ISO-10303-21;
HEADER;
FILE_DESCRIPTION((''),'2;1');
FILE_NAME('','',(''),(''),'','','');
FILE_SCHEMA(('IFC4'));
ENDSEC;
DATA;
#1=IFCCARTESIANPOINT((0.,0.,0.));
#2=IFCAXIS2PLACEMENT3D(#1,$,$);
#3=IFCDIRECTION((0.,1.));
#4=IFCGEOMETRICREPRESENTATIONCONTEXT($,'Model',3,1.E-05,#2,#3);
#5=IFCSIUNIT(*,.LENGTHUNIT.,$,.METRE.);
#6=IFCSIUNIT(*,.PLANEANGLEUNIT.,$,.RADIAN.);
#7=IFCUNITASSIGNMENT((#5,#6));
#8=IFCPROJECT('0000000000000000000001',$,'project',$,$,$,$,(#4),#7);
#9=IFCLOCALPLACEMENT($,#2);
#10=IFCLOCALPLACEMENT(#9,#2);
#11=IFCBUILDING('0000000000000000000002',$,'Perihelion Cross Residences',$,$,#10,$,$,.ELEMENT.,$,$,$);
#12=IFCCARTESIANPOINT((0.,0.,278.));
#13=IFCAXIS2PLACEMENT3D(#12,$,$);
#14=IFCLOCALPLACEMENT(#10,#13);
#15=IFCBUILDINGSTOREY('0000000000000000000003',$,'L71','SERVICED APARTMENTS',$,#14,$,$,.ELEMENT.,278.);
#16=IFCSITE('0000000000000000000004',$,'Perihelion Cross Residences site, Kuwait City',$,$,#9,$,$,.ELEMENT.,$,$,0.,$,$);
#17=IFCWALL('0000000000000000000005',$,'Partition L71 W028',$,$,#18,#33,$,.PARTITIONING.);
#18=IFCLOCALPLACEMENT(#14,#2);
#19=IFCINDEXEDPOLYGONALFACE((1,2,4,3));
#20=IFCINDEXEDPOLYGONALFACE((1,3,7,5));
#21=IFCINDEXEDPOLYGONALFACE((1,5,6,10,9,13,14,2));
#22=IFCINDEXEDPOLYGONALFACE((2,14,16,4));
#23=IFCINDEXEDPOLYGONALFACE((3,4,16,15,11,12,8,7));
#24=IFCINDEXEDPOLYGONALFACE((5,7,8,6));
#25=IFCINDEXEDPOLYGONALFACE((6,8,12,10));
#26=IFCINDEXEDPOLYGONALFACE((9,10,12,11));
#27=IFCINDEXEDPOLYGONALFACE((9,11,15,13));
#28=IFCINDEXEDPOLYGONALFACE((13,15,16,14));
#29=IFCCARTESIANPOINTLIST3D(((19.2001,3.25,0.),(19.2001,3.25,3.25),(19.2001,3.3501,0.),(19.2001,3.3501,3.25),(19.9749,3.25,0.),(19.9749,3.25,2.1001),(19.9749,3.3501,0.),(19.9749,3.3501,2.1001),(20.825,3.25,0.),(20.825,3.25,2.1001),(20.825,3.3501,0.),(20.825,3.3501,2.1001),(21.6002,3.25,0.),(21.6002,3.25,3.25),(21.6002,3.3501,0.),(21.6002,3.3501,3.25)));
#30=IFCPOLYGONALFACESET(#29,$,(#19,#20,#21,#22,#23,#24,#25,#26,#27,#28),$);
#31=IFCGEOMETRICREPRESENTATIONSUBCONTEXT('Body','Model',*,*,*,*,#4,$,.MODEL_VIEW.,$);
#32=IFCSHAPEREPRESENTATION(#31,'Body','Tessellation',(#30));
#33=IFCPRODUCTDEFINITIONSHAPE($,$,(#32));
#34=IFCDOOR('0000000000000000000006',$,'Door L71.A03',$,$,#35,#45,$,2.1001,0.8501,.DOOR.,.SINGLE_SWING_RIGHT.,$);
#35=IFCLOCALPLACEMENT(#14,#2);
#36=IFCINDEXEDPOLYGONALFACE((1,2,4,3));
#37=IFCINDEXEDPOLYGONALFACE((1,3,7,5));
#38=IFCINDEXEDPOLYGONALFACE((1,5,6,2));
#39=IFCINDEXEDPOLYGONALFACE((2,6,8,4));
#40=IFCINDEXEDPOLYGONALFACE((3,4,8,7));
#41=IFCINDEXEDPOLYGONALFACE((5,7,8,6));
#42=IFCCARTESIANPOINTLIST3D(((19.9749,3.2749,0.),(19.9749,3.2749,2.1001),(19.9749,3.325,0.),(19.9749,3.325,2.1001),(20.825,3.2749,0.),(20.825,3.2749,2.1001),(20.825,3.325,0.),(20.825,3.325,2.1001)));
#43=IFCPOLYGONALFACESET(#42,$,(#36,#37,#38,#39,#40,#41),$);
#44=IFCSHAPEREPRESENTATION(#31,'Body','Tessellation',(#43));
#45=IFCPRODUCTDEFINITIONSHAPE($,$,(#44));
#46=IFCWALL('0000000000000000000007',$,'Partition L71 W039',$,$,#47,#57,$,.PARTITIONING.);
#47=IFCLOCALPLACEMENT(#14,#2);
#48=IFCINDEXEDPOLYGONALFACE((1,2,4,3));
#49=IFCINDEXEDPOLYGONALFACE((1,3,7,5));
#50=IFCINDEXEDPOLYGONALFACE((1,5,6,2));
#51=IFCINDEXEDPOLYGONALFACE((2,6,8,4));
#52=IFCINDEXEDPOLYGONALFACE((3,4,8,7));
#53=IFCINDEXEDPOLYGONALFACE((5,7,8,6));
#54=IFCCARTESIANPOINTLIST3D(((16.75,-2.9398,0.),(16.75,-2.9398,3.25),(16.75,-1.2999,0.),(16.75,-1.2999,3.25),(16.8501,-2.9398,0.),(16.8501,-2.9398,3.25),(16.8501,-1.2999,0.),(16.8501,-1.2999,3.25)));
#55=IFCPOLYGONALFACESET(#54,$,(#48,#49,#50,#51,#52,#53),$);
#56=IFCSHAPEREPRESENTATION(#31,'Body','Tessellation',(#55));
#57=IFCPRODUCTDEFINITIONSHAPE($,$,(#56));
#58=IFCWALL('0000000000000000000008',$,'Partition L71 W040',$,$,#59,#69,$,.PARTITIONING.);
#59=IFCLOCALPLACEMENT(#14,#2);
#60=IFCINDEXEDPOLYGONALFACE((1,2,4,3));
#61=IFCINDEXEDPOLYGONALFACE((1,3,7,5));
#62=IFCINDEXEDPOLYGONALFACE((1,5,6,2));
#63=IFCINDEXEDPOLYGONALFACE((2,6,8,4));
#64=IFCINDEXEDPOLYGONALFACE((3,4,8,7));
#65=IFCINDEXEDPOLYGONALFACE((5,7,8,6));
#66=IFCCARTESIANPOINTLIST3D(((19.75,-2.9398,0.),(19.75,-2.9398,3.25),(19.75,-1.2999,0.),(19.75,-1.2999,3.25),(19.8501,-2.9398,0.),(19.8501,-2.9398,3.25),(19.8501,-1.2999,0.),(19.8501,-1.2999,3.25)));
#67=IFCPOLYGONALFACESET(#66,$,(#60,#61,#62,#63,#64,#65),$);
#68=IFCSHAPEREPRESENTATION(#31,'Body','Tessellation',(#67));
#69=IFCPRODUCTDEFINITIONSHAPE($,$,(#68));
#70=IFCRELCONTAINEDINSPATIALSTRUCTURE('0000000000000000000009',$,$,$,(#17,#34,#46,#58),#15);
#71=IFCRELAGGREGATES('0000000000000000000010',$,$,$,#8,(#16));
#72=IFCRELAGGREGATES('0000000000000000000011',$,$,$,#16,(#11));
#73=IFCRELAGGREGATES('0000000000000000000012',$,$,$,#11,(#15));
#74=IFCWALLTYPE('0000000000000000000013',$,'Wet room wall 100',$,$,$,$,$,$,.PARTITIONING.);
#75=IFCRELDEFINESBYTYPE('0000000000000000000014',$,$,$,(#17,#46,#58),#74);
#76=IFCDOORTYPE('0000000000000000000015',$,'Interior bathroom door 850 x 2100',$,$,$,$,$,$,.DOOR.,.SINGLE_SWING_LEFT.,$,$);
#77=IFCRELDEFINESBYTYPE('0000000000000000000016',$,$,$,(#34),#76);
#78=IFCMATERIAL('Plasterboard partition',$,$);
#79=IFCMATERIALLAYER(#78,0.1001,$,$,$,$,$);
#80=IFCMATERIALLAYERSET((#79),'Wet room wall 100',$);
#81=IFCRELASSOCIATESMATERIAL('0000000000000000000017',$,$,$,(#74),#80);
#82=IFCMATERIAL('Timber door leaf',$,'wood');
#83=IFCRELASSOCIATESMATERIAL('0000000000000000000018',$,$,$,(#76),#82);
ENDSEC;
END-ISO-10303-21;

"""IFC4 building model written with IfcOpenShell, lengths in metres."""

from ifc_helpers import new_model, si_unit, direction, frame, frame_2d, origin, place, context, subcontext, project, spatial, rectangle, extrude, material, layer, layer_set, type_object, element, fill, save


model = new_model("IFC4")

# Units and contexts
model_context = context("Model", 3, precision=1e-05, world=origin(), true_north=direction((0.0, 1.0)))
body_context = subcontext(model_context, "Body", "Model", "MODEL_VIEW")
ifc_project = project(units=[si_unit("LENGTHUNIT", "METRE"), si_unit("PLANEANGLEUNIT", "RADIAN")], contexts=[model_context])

# Site, building, storey
site_placement = place(None, origin())
site = spatial("IfcSite", under=ifc_project, at=site_placement, Name="Perihelion Cross Residences site, Kuwait City", CompositionType="ELEMENT", RefElevation=0.0)
building_placement = place(site_placement, origin())
building = spatial("IfcBuilding", under=site, at=building_placement, Name="Perihelion Cross Residences", CompositionType="ELEMENT")
storey_placement = place(building_placement, frame((0.0, 0.0, 278.0)))
storey = spatial("IfcBuildingStorey", under=building, at=storey_placement, Name="L71", Description="SERVICED APARTMENTS", CompositionType="ELEMENT", Elevation=278.0)

# Shared definitions
ifc_material_1 = material(Name="Plasterboard partition")
ifc_layer_1 = layer(ifc_material_1, 0.1001)
ifc_layer_set_1 = layer_set([ifc_layer_1], Name="Wet room wall 100")
wall_type_1 = type_object("IfcWallType", Name="Wet room wall 100", PredefinedType="PARTITIONING", material=ifc_layer_set_1)

# Wall, opening, door
wall_1_placement = place(storey_placement, frame((19.2, 3.3, 0.0), z_axis=(0.0, 0.0, 1.0), x_axis=(1.0, 0.0, 0.0)))
wall_1 = element("IfcWall", 1, at=wall_1_placement, inside=storey, type_object=wall_type_1, Name="Partition L71 W028", PredefinedType="PARTITIONING", context=body_context, shape_type="SweptSolid", body=[
    extrude(rectangle(XDim=2.4001, YDim=0.1001, at=frame_2d((1.2002, 0.0))), origin(), (0.0, 0.0, 1.0), 3.25),
])
opening_1_placement = place(wall_1_placement, frame((0.7749, 0.0, 0.0)))
opening_1 = element("IfcOpeningElement", 2, at=opening_1_placement, cuts=wall_1, PredefinedType="OPENING", context=body_context, shape_type="SweptSolid", body=[
    extrude(rectangle(XDim=0.8501, YDim=2.1001, at=frame_2d((0.425, 1.05))), frame((0.0, 0.0601, 0.0), z_axis=(0.0, -1.0, 0.0), x_axis=(1.0, 0.0, 0.0)), (0.0, 0.0, 1.0), 0.1201),
])
ifc_material_2 = material(Name="Timber door leaf", Category="wood")
door_type_1 = type_object("IfcDoorType", Name="Interior bathroom door 850 x 2100", OperationType="SINGLE_SWING_LEFT", PredefinedType="DOOR", material=ifc_material_2)
door_1_placement = place(opening_1_placement, origin())
door_1 = element("IfcDoor", 3, at=door_1_placement, inside=storey, type_object=door_type_1, Name="Door L71.A03", OperationType="SINGLE_SWING_RIGHT", OverallHeight=2.1001, OverallWidth=0.8501, PredefinedType="DOOR", context=body_context, shape_type="SweptSolid", body=[
    extrude(rectangle(XDim=0.8501, YDim=2.1001, at=frame_2d((0.425, 1.05))), frame((0.0, 0.0249, 0.0), z_axis=(0.0, -1.0, 0.0), x_axis=(1.0, 0.0, 0.0)), (0.0, 0.0, 1.0), 0.05),
])
fill(opening_1, door_1)

# Walls
for number, where, z_axis, x_axis, name in (
    (4, (16.8, -1.3, 0.0), (0.0, 0.0, 1.0), (0.0, -1.0, 0.0), "Partition L71 W039"),
    (5, (19.8, -1.3, 0.0), (0.0, 0.0, 1.0), (0.0, -1.0, 0.0), "Partition L71 W040"),
):
    element("IfcWall", number, at=place(storey_placement, frame(where, z_axis=z_axis, x_axis=x_axis)), inside=storey, type_object=wall_type_1, Name=name, PredefinedType="PARTITIONING", context=body_context, shape_type="SweptSolid", body=[
        extrude(rectangle(XDim=1.6399, YDim=0.1001, at=frame_2d((0.8198, 0.0))), origin(), (0.0, 0.0, 1.0), 3.25),
    ])

save(model, "model.ifc")
